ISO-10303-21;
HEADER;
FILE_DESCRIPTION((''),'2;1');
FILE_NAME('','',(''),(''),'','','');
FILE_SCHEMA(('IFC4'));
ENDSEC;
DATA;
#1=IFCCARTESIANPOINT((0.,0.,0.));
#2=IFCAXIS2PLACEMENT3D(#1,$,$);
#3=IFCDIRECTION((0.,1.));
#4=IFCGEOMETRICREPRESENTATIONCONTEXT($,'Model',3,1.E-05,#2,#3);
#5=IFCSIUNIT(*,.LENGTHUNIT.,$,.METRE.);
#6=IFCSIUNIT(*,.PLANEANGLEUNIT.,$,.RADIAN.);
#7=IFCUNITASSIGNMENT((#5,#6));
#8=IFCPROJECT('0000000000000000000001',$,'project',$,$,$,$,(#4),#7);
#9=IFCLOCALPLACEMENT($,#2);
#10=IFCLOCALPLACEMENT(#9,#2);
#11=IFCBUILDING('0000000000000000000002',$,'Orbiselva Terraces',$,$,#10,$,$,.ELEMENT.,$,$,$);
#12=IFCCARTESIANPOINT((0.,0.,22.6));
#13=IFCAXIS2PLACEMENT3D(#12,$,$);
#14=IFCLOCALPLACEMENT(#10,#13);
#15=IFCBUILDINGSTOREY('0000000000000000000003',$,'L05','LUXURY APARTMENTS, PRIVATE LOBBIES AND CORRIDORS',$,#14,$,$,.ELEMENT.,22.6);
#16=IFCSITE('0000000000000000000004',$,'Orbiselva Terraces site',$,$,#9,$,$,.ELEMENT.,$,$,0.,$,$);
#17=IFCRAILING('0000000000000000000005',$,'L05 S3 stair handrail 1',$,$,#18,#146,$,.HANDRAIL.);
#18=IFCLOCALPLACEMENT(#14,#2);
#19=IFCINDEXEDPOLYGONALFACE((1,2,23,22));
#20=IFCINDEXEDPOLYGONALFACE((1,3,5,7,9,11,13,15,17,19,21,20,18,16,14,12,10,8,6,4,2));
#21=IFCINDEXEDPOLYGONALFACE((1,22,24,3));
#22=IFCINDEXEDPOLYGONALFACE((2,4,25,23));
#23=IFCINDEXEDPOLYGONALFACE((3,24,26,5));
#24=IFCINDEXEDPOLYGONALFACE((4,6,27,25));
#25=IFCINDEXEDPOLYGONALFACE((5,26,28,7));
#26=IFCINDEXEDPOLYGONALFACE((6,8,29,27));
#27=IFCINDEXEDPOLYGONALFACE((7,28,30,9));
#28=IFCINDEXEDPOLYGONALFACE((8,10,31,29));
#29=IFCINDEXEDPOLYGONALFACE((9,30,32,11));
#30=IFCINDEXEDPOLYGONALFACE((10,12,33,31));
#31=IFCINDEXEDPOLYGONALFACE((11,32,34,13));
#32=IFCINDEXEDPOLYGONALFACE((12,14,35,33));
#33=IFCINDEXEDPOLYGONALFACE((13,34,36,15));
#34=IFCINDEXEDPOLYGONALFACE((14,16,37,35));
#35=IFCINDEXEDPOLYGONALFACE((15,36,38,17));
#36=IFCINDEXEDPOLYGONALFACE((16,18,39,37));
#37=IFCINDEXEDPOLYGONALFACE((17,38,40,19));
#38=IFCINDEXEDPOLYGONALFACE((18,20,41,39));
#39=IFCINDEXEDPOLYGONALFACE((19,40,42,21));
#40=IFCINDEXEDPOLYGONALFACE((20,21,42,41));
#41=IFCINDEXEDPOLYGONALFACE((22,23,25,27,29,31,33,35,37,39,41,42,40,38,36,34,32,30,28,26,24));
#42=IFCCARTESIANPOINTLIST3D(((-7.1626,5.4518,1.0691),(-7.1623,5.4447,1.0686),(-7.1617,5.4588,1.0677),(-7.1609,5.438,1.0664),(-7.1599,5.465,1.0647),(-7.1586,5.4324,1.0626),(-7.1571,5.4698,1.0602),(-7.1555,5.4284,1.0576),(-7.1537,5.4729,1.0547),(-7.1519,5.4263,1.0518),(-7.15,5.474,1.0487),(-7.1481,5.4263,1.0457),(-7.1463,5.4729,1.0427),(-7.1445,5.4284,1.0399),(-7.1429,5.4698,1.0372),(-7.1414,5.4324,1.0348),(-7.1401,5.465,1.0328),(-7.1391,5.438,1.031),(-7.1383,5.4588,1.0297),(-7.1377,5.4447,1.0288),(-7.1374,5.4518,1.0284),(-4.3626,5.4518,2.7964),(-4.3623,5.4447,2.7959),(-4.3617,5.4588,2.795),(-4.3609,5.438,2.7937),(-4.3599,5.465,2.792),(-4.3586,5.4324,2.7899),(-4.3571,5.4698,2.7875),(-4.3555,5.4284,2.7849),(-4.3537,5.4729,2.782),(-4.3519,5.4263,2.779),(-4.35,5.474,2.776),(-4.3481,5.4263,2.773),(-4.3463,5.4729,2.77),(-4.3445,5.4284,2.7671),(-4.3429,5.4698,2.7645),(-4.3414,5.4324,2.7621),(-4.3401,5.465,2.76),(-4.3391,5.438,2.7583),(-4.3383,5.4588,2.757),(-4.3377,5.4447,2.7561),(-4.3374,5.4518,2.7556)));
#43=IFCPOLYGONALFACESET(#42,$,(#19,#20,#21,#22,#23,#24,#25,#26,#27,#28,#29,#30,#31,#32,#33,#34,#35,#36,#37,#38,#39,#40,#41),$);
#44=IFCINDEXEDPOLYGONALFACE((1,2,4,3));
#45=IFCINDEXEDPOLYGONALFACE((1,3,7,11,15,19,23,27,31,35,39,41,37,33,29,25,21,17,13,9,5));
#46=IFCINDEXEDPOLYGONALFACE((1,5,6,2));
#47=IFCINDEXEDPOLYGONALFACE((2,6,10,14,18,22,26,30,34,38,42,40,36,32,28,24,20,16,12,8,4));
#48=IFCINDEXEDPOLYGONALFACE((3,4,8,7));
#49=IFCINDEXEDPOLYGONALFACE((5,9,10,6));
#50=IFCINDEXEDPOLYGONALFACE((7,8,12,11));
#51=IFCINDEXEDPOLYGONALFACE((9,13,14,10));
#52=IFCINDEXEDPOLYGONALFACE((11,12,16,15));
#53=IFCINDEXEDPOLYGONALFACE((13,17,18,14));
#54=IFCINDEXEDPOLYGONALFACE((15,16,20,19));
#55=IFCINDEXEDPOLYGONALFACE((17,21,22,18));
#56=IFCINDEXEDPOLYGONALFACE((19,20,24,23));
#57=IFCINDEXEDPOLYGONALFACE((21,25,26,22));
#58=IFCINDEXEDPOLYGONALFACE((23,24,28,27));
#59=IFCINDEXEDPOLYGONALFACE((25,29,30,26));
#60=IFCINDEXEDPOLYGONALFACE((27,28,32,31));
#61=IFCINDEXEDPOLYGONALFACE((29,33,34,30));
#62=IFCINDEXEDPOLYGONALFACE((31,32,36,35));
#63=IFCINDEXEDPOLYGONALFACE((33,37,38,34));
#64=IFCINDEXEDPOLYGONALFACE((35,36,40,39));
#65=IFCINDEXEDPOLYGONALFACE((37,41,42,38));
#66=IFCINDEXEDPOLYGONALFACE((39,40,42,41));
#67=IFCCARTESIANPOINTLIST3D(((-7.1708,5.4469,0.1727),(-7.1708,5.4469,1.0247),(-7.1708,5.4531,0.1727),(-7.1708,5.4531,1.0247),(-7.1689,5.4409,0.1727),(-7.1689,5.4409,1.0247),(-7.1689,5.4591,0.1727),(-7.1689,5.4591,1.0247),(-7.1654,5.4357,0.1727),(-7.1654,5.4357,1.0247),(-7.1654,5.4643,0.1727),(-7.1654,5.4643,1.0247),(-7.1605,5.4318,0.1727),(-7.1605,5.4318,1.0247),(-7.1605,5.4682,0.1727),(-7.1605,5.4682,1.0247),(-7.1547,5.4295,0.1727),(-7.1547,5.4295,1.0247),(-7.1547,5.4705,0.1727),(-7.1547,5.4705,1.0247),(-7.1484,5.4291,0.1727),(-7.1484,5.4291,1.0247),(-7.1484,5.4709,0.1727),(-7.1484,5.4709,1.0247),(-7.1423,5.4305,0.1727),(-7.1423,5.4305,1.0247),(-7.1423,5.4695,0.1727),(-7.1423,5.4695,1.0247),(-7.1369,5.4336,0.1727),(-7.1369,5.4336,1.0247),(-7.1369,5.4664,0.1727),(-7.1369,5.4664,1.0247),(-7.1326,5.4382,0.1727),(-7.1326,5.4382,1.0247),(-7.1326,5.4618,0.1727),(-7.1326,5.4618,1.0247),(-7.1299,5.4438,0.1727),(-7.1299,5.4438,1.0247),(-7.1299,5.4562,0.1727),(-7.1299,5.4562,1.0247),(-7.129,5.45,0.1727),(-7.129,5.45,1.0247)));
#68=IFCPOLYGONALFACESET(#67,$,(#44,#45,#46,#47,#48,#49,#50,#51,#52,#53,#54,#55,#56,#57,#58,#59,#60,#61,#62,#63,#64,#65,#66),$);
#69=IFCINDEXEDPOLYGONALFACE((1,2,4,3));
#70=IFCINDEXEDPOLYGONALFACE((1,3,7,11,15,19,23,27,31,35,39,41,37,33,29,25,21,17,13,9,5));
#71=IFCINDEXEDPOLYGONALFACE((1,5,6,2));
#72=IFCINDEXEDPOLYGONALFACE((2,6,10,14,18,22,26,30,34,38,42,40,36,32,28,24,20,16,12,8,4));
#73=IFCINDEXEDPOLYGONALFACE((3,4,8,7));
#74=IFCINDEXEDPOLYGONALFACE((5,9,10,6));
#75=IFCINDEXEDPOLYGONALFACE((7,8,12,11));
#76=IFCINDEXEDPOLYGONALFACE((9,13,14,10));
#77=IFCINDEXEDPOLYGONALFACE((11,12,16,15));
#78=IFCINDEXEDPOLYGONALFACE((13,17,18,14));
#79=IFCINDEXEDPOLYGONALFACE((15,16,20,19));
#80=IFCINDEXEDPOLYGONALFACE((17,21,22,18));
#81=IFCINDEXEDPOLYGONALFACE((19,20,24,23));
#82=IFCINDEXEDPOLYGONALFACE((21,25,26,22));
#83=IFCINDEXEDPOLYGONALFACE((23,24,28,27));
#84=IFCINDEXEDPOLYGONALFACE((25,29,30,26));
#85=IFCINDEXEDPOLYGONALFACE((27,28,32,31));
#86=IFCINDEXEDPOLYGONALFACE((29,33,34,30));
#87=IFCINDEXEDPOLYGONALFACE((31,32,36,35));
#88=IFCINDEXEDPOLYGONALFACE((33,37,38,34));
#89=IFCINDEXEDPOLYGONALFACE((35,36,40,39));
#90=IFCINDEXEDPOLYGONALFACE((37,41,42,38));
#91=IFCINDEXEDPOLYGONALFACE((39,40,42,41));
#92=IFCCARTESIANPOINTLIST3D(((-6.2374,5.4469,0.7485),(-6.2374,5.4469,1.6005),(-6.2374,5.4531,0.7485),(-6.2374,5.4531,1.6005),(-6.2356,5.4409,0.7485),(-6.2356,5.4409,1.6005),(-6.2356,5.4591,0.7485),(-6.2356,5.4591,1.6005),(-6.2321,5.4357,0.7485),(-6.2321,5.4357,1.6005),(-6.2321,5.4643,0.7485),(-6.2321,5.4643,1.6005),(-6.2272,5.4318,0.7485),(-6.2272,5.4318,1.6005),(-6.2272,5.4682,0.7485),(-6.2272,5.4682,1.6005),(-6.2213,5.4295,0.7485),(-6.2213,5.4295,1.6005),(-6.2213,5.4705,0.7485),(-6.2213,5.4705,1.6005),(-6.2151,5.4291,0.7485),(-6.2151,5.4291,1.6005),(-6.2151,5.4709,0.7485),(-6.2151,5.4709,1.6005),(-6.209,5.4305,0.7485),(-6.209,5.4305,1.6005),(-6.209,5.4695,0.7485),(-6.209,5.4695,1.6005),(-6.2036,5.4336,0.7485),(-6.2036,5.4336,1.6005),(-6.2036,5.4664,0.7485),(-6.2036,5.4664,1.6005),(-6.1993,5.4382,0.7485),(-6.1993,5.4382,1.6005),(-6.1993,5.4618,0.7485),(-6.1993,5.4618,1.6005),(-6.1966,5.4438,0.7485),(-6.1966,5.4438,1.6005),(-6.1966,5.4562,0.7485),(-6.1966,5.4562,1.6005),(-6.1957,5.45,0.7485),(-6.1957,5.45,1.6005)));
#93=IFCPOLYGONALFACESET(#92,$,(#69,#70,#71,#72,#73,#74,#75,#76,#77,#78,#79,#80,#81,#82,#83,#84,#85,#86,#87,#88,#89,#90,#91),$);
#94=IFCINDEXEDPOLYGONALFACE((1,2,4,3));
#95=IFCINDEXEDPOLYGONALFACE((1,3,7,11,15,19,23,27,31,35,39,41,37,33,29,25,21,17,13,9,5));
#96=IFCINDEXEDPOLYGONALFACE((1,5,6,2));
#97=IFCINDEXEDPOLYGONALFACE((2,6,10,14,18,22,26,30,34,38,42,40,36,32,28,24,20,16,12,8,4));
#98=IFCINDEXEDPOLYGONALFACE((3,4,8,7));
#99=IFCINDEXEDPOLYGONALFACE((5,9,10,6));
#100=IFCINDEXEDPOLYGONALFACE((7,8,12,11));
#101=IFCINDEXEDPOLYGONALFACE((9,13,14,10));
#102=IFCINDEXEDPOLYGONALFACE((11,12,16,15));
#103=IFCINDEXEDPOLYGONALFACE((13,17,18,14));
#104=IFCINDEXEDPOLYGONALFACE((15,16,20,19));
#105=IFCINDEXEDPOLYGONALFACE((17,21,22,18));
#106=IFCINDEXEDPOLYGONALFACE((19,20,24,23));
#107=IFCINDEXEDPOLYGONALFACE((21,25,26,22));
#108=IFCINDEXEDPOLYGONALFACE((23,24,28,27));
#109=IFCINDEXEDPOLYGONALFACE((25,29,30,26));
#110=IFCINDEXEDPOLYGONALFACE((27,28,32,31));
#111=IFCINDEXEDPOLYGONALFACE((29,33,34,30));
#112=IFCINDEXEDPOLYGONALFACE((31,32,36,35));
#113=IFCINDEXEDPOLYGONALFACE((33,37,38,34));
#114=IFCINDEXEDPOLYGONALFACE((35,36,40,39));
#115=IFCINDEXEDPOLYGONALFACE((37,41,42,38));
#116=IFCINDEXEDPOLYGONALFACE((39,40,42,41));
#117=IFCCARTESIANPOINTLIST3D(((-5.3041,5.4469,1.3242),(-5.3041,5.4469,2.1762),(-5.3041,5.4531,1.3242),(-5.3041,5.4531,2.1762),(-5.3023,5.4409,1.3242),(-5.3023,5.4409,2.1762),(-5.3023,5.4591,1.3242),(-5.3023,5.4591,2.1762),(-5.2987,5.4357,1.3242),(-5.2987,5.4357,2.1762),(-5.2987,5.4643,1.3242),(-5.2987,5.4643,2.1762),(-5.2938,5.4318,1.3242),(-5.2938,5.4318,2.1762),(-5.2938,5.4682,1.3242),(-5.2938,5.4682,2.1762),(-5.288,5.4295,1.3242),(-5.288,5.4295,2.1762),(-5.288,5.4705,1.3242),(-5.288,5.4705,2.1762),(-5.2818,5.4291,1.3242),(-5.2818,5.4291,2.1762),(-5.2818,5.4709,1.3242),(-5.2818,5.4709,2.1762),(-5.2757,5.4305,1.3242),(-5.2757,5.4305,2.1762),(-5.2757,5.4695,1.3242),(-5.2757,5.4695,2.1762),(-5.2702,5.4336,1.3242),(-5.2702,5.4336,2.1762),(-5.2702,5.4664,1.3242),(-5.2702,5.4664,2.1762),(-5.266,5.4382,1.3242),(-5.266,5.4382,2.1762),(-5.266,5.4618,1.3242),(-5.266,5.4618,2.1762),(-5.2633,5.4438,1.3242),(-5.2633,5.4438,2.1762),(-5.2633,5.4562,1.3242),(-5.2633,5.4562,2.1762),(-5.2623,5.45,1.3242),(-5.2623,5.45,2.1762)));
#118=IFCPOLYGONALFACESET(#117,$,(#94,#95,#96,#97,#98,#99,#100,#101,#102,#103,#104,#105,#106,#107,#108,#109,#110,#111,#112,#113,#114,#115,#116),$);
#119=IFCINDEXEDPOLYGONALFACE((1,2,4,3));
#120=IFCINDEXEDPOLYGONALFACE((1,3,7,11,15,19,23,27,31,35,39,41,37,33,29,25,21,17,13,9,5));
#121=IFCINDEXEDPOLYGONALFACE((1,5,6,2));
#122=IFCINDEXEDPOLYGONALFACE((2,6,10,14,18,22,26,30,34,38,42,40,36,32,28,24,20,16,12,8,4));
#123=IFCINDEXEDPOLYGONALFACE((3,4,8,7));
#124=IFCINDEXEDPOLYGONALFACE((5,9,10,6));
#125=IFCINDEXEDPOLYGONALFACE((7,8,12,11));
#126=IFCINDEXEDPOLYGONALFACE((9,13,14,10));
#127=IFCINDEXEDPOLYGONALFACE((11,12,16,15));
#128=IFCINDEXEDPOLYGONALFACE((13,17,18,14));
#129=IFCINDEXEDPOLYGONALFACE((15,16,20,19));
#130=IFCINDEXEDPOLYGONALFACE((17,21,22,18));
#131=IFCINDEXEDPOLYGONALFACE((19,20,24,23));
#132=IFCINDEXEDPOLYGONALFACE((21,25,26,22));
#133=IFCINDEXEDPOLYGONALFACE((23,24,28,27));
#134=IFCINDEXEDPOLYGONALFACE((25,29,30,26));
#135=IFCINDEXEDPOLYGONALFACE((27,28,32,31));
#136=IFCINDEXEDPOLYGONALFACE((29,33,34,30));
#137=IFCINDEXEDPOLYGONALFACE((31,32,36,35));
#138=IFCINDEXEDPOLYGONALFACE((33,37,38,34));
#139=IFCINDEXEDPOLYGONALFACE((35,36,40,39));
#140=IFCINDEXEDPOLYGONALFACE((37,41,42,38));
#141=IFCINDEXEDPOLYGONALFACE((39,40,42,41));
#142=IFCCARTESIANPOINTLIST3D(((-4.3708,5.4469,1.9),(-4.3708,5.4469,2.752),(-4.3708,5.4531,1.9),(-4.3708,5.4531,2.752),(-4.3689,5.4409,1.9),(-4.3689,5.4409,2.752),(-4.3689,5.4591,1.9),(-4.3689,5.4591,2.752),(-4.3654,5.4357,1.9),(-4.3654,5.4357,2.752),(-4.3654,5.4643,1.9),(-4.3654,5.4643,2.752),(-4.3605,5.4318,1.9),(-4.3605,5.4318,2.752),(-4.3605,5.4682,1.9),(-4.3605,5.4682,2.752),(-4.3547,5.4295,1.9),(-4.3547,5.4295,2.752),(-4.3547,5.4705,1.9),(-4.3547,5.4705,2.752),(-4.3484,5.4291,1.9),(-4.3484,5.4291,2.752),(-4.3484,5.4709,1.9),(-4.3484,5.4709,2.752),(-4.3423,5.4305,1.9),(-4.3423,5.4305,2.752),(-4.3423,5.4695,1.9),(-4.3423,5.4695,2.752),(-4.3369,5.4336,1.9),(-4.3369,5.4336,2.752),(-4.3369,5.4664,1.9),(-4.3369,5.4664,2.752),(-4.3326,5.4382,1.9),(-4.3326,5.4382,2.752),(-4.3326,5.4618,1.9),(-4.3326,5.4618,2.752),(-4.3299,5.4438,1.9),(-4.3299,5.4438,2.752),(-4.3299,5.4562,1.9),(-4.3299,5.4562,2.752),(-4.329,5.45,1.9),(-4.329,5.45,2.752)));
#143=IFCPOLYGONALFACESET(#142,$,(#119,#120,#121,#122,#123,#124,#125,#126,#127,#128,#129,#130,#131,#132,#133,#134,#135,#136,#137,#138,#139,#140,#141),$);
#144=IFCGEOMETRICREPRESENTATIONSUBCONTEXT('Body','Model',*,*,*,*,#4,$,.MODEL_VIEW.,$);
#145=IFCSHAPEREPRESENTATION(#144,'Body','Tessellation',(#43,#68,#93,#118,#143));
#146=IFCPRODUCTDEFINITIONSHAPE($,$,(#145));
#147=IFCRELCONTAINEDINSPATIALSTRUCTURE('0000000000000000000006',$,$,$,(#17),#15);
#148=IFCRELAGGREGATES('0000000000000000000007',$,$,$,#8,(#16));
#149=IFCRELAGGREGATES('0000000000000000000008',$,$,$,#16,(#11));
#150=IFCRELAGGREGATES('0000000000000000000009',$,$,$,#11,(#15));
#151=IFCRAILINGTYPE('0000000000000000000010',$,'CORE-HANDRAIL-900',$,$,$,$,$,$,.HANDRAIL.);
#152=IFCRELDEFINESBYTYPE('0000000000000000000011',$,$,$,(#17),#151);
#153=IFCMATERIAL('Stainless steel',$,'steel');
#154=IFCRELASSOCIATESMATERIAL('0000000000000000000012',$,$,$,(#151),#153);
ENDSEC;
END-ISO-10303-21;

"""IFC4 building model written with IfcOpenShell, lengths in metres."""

from ifc_helpers import new_model, si_unit, direction, frame, origin, origin_2d, place, context, subcontext, project, spatial, circle, extrude, material, type_object, element, save


model = new_model("IFC4")

# Units and contexts
model_context = context("Model", 3, precision=1e-05, world=origin(), true_north=direction((0.0, 1.0)))
body_context = subcontext(model_context, "Body", "Model", "MODEL_VIEW")
ifc_project = project(units=[si_unit("LENGTHUNIT", "METRE"), si_unit("PLANEANGLEUNIT", "RADIAN")], contexts=[model_context])

# Site, building, storey
site_placement = place(None, origin())
site = spatial("IfcSite", under=ifc_project, at=site_placement, Name="Orbiselva Terraces site", CompositionType="ELEMENT", RefElevation=0.0)
building_placement = place(site_placement, origin())
building = spatial("IfcBuilding", under=site, at=building_placement, Name="Orbiselva Terraces", CompositionType="ELEMENT")
storey_placement = place(building_placement, frame((0.0, 0.0, 22.6)))
storey = spatial("IfcBuildingStorey", under=building, at=storey_placement, Name="L05", Description="LUXURY APARTMENTS, PRIVATE LOBBIES AND CORRIDORS", CompositionType="ELEMENT", Elevation=22.6)

# Railing
ifc_material_1 = material(Name="Stainless steel", Category="steel")
railing_type_1 = type_object("IfcRailingType", Name="CORE-HANDRAIL-900", PredefinedType="HANDRAIL", material=ifc_material_1)
railing_1_placement = place(storey_placement, frame((-7.15, 5.45, 0.1727)))
element("IfcRailing", 1, at=railing_1_placement, inside=storey, type_object=railing_type_1, Name="L05 S3 stair handrail 1", PredefinedType="HANDRAIL", context=body_context, shape_type="SweptSolid", body=[
    extrude(circle(Radius=0.024, at=origin_2d()), frame((0.0, 0.0, 0.876), z_axis=(0.851089, 0.0, 0.525022), x_axis=(0.0, 1.0, 0.0)), (0.0, 0.0, 1.0), 3.2899),
    extrude(circle(Radius=0.021, at=origin_2d()), origin(), (0.0, 0.0, 1.0), 0.852),
    extrude(circle(Radius=0.021, at=origin_2d()), frame((0.9333, 0.0, 0.5758)), (0.0, 0.0, 1.0), 0.852),
    extrude(circle(Radius=0.021, at=origin_2d()), frame((1.8667, 0.0, 1.1515)), (0.0, 0.0, 1.0), 0.852),
    extrude(circle(Radius=0.021, at=origin_2d()), frame((2.8, 0.0, 1.7273)), (0.0, 0.0, 1.0), 0.852),
])

save(model, "model.ifc")
